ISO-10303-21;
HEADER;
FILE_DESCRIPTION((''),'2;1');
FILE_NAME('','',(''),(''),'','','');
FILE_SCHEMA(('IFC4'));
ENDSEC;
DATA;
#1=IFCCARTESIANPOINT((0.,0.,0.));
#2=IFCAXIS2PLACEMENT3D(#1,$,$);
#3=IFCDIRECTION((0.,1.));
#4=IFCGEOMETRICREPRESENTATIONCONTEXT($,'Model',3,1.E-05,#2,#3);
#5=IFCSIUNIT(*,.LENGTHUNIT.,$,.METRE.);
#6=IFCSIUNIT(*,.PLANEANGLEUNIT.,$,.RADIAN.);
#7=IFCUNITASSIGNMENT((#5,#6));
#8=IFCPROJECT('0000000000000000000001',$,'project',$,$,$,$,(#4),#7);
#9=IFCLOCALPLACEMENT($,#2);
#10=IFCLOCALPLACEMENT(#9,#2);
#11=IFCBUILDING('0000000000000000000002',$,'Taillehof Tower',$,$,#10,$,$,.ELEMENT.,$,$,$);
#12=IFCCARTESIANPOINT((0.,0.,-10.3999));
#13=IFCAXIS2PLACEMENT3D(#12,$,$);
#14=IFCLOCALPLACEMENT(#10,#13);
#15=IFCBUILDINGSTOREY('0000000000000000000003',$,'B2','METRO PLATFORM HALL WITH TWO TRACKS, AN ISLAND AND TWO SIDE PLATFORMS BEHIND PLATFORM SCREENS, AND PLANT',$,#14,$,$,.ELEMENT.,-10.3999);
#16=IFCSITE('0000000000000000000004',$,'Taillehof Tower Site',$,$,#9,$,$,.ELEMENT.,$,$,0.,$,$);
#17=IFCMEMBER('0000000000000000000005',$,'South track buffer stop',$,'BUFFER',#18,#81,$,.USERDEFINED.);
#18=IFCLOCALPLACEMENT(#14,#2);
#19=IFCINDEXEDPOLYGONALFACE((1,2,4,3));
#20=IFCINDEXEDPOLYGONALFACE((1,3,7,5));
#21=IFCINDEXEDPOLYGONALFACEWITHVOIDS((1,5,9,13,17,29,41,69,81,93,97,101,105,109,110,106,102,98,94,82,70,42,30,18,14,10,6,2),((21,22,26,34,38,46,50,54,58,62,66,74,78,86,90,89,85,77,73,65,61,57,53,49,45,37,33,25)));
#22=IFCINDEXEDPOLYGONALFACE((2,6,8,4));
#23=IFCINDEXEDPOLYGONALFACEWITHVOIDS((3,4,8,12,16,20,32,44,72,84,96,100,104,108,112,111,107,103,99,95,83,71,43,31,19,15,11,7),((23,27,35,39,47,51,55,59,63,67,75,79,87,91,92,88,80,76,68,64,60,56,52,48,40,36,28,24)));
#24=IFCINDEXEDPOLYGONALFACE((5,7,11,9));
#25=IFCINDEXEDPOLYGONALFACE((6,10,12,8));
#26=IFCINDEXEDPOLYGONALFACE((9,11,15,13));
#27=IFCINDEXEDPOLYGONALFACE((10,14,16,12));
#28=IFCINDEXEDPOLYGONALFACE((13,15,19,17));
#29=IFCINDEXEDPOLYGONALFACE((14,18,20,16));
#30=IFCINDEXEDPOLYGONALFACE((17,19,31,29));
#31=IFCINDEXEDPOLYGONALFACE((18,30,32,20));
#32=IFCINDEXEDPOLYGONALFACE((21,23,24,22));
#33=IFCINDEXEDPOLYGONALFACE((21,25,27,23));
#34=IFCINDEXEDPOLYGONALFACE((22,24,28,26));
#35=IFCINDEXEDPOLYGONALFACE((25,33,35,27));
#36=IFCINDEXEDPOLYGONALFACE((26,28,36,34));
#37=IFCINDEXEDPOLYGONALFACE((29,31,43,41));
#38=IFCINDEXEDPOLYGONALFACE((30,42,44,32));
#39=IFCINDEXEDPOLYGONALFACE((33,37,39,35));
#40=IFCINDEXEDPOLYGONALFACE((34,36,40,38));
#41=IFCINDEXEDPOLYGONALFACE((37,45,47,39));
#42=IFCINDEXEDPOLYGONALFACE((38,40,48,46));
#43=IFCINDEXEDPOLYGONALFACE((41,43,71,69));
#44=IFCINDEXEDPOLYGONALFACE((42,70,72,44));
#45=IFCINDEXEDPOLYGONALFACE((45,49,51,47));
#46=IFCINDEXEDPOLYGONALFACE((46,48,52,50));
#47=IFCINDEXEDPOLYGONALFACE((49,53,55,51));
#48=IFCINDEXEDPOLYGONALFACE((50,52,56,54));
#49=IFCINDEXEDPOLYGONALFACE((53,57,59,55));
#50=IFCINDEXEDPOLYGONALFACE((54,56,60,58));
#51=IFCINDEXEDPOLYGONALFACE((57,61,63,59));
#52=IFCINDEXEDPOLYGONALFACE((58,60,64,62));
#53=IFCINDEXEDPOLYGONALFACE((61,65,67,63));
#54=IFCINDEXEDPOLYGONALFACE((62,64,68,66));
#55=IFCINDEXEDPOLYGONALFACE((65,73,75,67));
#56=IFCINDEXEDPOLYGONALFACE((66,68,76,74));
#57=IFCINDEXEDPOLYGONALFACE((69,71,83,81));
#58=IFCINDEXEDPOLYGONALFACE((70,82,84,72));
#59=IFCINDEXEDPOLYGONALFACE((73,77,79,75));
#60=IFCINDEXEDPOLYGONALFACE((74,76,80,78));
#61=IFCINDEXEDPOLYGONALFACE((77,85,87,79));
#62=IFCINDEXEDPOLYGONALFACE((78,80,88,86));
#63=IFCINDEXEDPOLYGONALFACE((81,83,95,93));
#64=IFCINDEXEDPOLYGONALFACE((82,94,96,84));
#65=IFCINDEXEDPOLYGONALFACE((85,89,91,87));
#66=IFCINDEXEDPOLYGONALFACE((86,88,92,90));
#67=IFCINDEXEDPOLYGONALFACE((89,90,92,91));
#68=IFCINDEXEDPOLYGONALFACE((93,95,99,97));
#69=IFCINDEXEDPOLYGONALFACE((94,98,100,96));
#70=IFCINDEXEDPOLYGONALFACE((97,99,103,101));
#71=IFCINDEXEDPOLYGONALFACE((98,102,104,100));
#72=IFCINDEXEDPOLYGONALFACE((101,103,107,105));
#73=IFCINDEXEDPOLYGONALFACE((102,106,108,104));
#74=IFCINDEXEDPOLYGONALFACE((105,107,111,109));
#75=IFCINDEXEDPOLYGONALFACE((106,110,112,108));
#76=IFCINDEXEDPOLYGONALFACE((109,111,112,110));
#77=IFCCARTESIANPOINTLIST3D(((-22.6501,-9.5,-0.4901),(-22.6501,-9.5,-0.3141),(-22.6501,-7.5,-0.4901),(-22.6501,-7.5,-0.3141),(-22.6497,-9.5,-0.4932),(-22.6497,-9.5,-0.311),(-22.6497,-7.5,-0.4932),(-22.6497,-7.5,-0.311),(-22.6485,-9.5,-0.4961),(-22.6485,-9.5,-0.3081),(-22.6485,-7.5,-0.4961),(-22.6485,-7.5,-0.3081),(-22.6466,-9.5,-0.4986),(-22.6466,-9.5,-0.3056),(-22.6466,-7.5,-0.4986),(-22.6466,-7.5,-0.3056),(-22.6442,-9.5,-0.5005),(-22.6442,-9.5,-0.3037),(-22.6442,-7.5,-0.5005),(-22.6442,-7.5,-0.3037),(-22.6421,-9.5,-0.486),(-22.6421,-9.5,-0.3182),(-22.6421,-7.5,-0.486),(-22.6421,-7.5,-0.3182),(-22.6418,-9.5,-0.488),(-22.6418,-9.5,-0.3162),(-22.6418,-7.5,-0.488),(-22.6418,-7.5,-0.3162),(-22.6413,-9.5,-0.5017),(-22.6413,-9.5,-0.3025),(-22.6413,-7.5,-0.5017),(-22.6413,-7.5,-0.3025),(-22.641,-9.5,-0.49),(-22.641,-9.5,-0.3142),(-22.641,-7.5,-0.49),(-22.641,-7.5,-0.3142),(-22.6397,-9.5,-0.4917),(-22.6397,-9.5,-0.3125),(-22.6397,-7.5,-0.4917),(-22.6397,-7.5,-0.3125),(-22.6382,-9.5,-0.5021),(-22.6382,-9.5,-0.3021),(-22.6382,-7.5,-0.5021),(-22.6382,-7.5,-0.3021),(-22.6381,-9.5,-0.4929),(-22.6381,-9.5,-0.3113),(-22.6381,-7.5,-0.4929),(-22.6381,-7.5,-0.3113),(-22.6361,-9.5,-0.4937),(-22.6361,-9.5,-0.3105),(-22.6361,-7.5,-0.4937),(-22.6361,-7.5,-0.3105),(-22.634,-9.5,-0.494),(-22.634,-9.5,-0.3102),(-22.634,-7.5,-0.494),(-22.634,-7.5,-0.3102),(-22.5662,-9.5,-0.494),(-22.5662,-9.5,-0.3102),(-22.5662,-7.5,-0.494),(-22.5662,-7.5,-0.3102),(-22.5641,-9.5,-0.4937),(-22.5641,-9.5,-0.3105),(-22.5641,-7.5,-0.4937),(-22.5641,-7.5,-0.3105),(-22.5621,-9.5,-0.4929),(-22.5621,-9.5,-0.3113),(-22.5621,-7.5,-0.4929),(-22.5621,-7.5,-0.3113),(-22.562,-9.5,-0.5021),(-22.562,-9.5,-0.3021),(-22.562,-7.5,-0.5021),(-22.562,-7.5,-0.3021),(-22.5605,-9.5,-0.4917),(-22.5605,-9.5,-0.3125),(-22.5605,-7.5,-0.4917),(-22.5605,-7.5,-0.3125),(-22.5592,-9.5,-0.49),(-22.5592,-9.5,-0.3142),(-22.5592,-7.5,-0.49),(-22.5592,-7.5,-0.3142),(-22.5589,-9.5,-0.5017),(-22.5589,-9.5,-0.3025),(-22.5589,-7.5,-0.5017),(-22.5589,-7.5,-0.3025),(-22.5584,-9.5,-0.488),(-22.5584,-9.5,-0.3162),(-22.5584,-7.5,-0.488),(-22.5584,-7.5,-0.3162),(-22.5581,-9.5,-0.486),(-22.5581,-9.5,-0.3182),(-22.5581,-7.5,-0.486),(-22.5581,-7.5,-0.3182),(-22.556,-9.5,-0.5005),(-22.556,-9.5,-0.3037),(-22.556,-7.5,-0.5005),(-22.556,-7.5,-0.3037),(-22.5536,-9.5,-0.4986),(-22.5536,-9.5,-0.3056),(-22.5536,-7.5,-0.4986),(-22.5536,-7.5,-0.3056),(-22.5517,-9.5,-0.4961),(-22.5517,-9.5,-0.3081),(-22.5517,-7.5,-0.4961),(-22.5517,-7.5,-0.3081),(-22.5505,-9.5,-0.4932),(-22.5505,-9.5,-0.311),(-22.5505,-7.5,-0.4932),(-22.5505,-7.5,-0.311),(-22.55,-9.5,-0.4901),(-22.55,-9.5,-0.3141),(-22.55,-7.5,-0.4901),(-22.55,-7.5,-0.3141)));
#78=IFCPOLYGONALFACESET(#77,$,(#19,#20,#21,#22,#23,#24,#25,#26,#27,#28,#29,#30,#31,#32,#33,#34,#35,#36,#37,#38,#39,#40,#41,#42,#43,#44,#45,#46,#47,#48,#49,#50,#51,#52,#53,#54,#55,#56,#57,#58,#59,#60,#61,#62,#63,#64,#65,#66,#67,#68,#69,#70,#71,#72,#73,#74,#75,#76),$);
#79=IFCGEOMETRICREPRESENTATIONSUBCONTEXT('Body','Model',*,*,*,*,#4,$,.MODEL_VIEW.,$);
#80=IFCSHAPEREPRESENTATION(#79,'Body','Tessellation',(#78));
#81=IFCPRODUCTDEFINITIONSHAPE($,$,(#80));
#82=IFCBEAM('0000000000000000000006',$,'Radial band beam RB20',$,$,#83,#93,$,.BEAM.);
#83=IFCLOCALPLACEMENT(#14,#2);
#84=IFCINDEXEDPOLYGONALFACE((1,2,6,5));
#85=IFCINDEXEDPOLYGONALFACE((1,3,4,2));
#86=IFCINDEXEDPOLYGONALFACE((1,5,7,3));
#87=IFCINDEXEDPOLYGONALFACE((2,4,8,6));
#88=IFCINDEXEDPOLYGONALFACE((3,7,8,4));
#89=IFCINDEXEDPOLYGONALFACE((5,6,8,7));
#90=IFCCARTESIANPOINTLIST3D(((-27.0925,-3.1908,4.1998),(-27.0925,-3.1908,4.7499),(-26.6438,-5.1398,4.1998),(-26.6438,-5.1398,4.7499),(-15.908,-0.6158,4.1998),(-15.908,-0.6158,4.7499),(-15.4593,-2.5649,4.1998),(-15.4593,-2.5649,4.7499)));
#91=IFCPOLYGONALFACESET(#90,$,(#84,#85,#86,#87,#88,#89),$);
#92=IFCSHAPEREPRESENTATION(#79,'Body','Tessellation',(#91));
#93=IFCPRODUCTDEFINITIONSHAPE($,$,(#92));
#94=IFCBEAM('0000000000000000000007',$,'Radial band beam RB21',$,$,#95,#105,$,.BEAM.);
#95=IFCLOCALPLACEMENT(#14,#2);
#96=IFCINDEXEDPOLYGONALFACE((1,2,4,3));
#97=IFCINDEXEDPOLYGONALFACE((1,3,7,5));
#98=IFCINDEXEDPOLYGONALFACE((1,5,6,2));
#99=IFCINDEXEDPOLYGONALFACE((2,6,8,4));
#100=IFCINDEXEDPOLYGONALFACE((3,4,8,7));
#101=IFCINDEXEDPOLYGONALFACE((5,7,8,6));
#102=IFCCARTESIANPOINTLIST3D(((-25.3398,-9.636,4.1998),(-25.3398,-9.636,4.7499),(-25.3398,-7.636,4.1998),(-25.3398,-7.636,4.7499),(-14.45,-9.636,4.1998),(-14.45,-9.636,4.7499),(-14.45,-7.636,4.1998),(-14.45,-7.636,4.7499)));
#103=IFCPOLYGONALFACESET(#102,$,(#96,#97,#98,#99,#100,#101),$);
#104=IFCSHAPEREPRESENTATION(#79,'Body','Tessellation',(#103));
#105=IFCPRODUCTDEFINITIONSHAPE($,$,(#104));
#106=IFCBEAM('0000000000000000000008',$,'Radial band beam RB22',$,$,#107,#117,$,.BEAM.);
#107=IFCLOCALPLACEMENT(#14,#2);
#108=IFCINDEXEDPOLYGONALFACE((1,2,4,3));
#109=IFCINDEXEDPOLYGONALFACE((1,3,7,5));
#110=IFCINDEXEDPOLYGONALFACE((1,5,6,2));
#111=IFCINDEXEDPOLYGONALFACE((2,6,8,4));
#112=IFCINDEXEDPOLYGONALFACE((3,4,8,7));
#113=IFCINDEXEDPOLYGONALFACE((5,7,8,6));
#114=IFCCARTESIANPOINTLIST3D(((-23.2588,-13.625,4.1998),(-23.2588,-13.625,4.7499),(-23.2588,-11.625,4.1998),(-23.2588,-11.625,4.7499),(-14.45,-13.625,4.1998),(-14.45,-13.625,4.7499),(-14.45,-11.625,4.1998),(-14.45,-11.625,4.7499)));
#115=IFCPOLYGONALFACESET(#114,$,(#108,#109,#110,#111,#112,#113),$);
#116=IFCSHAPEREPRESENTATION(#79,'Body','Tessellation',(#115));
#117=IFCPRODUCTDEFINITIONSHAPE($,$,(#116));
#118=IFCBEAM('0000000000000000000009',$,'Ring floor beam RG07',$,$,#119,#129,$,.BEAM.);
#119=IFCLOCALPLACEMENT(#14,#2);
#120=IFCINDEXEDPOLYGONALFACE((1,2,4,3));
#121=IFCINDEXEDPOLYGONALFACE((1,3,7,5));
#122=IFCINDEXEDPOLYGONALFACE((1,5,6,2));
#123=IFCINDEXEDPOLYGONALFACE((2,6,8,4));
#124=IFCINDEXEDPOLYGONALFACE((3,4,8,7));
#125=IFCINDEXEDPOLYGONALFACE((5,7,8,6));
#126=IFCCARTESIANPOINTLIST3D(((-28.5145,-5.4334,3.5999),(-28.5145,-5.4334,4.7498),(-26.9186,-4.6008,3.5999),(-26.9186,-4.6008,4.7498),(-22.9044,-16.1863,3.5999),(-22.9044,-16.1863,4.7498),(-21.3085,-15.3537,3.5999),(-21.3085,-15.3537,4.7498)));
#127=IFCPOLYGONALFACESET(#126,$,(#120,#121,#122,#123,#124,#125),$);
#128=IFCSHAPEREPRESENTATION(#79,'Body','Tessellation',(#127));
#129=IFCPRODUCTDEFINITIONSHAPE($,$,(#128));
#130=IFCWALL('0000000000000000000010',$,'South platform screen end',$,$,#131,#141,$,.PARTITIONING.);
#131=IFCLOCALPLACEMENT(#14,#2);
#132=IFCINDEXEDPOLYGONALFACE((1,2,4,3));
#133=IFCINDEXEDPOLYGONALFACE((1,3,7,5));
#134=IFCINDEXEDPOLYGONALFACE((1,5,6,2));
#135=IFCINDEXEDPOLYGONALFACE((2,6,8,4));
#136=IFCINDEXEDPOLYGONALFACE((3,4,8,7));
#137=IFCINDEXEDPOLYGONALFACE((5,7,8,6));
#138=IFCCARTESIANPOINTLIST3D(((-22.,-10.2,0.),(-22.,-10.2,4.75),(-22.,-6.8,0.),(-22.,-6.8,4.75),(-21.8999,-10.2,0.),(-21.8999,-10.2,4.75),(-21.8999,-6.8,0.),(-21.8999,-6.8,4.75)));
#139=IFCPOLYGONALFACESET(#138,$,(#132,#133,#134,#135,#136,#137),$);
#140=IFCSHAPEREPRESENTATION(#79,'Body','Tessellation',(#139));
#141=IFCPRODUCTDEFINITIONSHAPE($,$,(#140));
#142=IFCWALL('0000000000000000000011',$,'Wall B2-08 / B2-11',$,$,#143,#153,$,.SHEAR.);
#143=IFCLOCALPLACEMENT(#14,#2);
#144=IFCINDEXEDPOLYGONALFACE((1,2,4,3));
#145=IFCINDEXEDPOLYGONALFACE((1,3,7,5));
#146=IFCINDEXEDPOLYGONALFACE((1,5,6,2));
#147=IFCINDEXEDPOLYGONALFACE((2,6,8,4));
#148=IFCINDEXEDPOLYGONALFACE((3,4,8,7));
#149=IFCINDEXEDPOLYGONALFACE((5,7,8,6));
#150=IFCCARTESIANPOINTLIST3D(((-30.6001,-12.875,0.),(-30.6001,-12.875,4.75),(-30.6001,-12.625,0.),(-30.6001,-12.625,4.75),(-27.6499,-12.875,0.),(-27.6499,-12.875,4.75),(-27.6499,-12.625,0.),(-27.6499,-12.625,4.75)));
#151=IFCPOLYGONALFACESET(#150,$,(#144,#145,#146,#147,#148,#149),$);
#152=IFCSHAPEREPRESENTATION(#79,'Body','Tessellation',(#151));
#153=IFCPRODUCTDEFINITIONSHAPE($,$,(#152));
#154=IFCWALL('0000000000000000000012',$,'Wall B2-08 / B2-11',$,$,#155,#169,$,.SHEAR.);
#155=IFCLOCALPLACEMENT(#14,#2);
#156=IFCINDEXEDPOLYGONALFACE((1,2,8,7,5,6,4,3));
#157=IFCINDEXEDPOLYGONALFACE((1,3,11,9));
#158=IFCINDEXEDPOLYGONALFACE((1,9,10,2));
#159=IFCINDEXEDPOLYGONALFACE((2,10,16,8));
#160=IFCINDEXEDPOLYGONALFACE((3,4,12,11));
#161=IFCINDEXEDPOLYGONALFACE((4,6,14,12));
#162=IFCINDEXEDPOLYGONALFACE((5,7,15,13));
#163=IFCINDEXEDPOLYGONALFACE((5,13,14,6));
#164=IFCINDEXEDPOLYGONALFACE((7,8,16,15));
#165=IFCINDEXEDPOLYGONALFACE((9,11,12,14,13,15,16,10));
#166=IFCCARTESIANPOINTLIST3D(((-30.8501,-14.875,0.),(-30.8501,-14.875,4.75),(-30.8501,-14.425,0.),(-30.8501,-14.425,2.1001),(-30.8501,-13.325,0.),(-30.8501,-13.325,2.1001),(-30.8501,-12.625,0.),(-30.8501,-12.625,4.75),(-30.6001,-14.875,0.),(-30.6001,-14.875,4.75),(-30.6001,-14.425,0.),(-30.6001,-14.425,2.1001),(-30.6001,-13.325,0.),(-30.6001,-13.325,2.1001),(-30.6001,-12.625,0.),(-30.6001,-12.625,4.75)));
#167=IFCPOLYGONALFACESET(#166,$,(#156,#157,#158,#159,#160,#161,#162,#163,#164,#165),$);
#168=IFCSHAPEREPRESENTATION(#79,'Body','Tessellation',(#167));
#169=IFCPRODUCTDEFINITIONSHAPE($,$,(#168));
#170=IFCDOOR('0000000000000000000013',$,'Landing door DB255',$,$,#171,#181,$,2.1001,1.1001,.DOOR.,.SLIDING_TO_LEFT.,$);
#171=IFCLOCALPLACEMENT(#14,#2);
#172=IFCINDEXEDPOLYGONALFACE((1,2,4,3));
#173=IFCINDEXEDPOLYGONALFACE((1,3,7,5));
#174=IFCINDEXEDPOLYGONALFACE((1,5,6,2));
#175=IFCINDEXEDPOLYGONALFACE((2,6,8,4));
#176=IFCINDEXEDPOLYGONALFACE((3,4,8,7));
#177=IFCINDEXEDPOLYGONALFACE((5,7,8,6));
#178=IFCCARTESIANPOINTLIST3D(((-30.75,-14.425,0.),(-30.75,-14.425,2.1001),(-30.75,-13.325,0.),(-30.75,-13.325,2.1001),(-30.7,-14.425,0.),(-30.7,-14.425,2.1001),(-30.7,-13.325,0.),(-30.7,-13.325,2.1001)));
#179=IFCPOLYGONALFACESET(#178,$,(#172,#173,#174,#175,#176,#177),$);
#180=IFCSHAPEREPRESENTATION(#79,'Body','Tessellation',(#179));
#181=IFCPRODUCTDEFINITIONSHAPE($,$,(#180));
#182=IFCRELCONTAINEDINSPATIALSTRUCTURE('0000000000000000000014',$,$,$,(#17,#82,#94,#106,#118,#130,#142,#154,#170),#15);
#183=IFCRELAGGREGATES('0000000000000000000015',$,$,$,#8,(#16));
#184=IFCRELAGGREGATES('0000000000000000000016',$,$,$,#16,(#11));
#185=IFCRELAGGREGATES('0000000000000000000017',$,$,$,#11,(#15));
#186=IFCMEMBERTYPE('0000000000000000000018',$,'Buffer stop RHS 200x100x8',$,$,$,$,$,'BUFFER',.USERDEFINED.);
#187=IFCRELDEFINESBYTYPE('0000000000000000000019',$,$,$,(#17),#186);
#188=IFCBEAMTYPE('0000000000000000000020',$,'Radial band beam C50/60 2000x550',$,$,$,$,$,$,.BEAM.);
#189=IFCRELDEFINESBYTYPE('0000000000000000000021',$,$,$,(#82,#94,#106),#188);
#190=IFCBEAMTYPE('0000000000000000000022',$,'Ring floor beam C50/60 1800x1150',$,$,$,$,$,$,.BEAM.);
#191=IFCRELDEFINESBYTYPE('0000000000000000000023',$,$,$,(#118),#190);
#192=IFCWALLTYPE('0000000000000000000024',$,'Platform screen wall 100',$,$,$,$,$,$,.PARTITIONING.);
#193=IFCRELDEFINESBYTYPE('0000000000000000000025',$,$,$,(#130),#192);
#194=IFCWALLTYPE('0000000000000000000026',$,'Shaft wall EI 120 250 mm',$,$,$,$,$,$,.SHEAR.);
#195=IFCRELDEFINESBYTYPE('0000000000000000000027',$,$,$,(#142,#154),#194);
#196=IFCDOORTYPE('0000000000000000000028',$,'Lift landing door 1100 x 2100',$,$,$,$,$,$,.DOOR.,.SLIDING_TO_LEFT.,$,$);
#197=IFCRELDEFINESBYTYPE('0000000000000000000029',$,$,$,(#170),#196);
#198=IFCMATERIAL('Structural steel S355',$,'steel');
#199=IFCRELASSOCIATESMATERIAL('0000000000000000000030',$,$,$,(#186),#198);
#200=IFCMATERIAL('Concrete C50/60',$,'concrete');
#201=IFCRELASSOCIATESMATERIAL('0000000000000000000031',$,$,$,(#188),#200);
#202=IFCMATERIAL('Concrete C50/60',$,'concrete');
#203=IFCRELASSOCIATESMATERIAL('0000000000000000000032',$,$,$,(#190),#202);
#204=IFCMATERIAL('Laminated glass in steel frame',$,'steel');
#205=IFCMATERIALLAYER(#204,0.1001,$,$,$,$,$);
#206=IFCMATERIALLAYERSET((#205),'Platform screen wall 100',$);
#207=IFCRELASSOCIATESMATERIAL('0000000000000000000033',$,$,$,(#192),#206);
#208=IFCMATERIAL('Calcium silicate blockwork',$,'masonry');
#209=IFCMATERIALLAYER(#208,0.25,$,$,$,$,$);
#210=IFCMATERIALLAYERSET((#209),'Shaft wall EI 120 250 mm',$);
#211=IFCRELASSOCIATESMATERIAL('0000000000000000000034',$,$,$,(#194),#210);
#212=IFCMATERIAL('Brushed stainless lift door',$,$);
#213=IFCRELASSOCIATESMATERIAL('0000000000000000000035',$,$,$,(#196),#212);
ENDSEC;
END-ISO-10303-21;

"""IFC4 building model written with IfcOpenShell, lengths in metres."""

from ifc_helpers import new_model, si_unit, direction, frame, frame_2d, origin, origin_2d, place, context, subcontext, project, spatial, rectangle, hollow_rectangle, extrude, material, layer, layer_set, material_profile, profile_set, type_object, element, fill, save


model = new_model("IFC4")

# Units and contexts
model_context = context("Model", 3, precision=1e-05, world=origin(), true_north=direction((0.0, 1.0)))
body_context = subcontext(model_context, "Body", "Model", "MODEL_VIEW")
ifc_project = project(units=[si_unit("LENGTHUNIT", "METRE"), si_unit("PLANEANGLEUNIT", "RADIAN")], contexts=[model_context])

# Site, building, storey
site_placement = place(None, origin())
site = spatial("IfcSite", under=ifc_project, at=site_placement, Name="Taillehof Tower Site", CompositionType="ELEMENT", RefElevation=0.0)
building_placement = place(site_placement, origin())
building = spatial("IfcBuilding", under=site, at=building_placement, Name="Taillehof Tower", CompositionType="ELEMENT")
storey_placement = place(building_placement, frame((0.0, 0.0, -10.3999)))
storey = spatial("IfcBuildingStorey", under=building, at=storey_placement, Name="B2", Description="METRO PLATFORM HALL WITH TWO TRACKS, AN ISLAND AND TWO SIDE PLATFORMS BEHIND PLATFORM SCREENS, AND PLANT", CompositionType="ELEMENT", Elevation=-10.3999)

# Member
ifc_material_1 = material(Name="Structural steel S355", Category="steel")
ifc_material_profile_1 = material_profile(ifc_material_1, hollow_rectangle(XDim=0.1001, YDim=0.2, WallThickness=0.0081, InnerFilletRadius=0.0081, OuterFilletRadius=0.012, at=origin_2d()), Name="RHS 200x100x8")
ifc_profile_set_1 = profile_set([ifc_material_profile_1], Name="Structural steel S355")
member_type = type_object("IfcMemberType", Name="Buffer stop RHS 200x100x8", ElementType="BUFFER", PredefinedType="USERDEFINED", material=ifc_profile_set_1)
member_placement = place(storey_placement, frame((-22.6001, -9.5, -0.4021), z_axis=(0.0, 1.0, 0.0), x_axis=(-1.0, 0.0, 0.0)))
element("IfcMember", 1, at=member_placement, inside=storey, type_object=member_type, Name="South track buffer stop", ObjectType="BUFFER", PredefinedType="USERDEFINED", context=body_context, shape_type="SweptSolid", body=[
    extrude(hollow_rectangle(XDim=0.1001, YDim=0.2, WallThickness=0.0081, InnerFilletRadius=0.0081, OuterFilletRadius=0.012, at=origin_2d()), origin(), (0.0, 0.0, 1.0), 2.0),
])

# Beams
ifc_material_2 = material(Name="Concrete C50/60", Category="concrete")
ifc_material_profile_2 = material_profile(ifc_material_2, rectangle(XDim=2.0, YDim=0.55, at=origin_2d()), Name="RC 2000x550")
ifc_profile_set_2 = profile_set([ifc_material_profile_2], Name="Concrete C50/60")
beam_type_1 = type_object("IfcBeamType", Name="Radial band beam C50/60 2000x550", PredefinedType="BEAM", material=ifc_profile_set_2)
beam_1_placement = place(storey_placement, frame((-26.8682, -4.1653, 4.4749), z_axis=(0.974508, 0.224355, 0.0), x_axis=(-0.224355, 0.974508, 0.0)))
element("IfcBeam", 2, at=beam_1_placement, inside=storey, type_object=beam_type_1, Name="Radial band beam RB20", PredefinedType="BEAM", context=body_context, shape_type="SweptSolid", body=[
    extrude(rectangle(XDim=2.0, YDim=0.55, at=origin_2d()), origin(), (0.0, 0.0, 1.0), 11.4771),
])
beam_2_placement = place(storey_placement, frame((-25.3398, -8.636, 4.4749), z_axis=(1.0, 0.0, 0.0), x_axis=(0.0, 1.0, 0.0)))
element("IfcBeam", 3, at=beam_2_placement, inside=storey, type_object=beam_type_1, Name="Radial band beam RB21", PredefinedType="BEAM", context=body_context, shape_type="SweptSolid", body=[
    extrude(rectangle(XDim=2.0, YDim=0.55, at=origin_2d()), origin(), (0.0, 0.0, 1.0), 10.8899),
])
beam_3_placement = place(storey_placement, frame((-23.2588, -12.625, 4.4749), z_axis=(1.0, 0.0, 0.0), x_axis=(0.0, 1.0, 0.0)))
element("IfcBeam", 4, at=beam_3_placement, inside=storey, type_object=beam_type_1, Name="Radial band beam RB22", PredefinedType="BEAM", context=body_context, shape_type="SweptSolid", body=[
    extrude(rectangle(XDim=2.0, YDim=0.55, at=origin_2d()), origin(), (0.0, 0.0, 1.0), 8.8088),
])
ifc_material_3 = material(Name="Concrete C50/60", Category="concrete")
ifc_material_profile_3 = material_profile(ifc_material_3, rectangle(XDim=1.8, YDim=1.1499, at=origin_2d()), Name="RC 1800x1150")
ifc_profile_set_3 = profile_set([ifc_material_profile_3], Name="Concrete C50/60")
beam_type_2 = type_object("IfcBeamType", Name="Ring floor beam C50/60 1800x1150", PredefinedType="BEAM", material=ifc_profile_set_3)
beam_4_placement = place(storey_placement, frame((-27.7166, -5.0171, 4.1748), z_axis=(0.462558, -0.886589, 0.0), x_axis=(0.886589, 0.462558, 0.0)))
element("IfcBeam", 5, at=beam_4_placement, inside=storey, type_object=beam_type_2, Name="Ring floor beam RG07", PredefinedType="BEAM", context=body_context, shape_type="SweptSolid", body=[
    extrude(rectangle(XDim=1.8, YDim=1.1499, at=origin_2d()), origin(), (0.0, 0.0, 1.0), 12.1284),
])

# Walls
ifc_material_4 = material(Name="Laminated glass in steel frame", Category="steel")
ifc_layer_1 = layer(ifc_material_4, 0.1001)
ifc_layer_set_1 = layer_set([ifc_layer_1], Name="Platform screen wall 100")
wall_type_1 = type_object("IfcWallType", Name="Platform screen wall 100", PredefinedType="PARTITIONING", material=ifc_layer_set_1)
wall_1_placement = place(storey_placement, frame((-21.95, -10.2, 0.0), z_axis=(0.0, 0.0, 1.0), x_axis=(0.0, 1.0, 0.0)))
element("IfcWall", 6, at=wall_1_placement, inside=storey, type_object=wall_type_1, Name="South platform screen end", PredefinedType="PARTITIONING", context=body_context, shape_type="SweptSolid", body=[
    extrude(rectangle(XDim=3.3999, YDim=0.1001, at=frame_2d((1.7, 0.0))), origin(), (0.0, 0.0, 1.0), 4.75),
])
ifc_material_5 = material(Name="Calcium silicate blockwork", Category="masonry")
ifc_layer_2 = layer(ifc_material_5, 0.25)
ifc_layer_set_2 = layer_set([ifc_layer_2], Name="Shaft wall EI 120 250 mm")
wall_type_2 = type_object("IfcWallType", Name="Shaft wall EI 120 250 mm", PredefinedType="SHEAR", material=ifc_layer_set_2)
wall_2_placement = place(storey_placement, frame((-30.6001, -12.75, 0.0), z_axis=(0.0, 0.0, 1.0), x_axis=(1.0, 0.0, 0.0)))
element("IfcWall", 7, at=wall_2_placement, inside=storey, type_object=wall_type_2, Name="Wall B2-08 / B2-11", PredefinedType="SHEAR", context=body_context, shape_type="SweptSolid", body=[
    extrude(rectangle(XDim=2.9502, YDim=0.25, at=frame_2d((1.4751, 0.0))), origin(), (0.0, 0.0, 1.0), 4.75),
])

# Wall, opening, door
wall_3_placement = place(storey_placement, frame((-30.7251, -14.875, 0.0), z_axis=(0.0, 0.0, 1.0), x_axis=(0.0, 1.0, 0.0)))
wall_3 = element("IfcWall", 8, at=wall_3_placement, inside=storey, type_object=wall_type_2, Name="Wall B2-08 / B2-11", PredefinedType="SHEAR", context=body_context, shape_type="SweptSolid", body=[
    extrude(rectangle(XDim=2.25, YDim=0.25, at=frame_2d((1.125, 0.0))), origin(), (0.0, 0.0, 1.0), 4.75),
])
opening_placement = place(wall_3_placement, frame((0.45, 0.0, 0.0)))
opening = element("IfcOpeningElement", 9, at=opening_placement, cuts=wall_3, PredefinedType="OPENING", context=body_context, shape_type="SweptSolid", body=[
    extrude(rectangle(XDim=1.1001, YDim=2.1001, at=frame_2d((0.55, 1.05))), frame((0.0, 0.135, 0.0), z_axis=(0.0, -1.0, 0.0), x_axis=(1.0, 0.0, 0.0)), (0.0, 0.0, 1.0), 0.27),
])
ifc_material_6 = material(Name="Brushed stainless lift door")
door_type = type_object("IfcDoorType", Name="Lift landing door 1100 x 2100", OperationType="SLIDING_TO_LEFT", PredefinedType="DOOR", material=ifc_material_6)
door_placement = place(opening_placement, origin())
door = element("IfcDoor", 10, at=door_placement, inside=storey, type_object=door_type, Name="Landing door DB255", OperationType="SLIDING_TO_LEFT", OverallHeight=2.1001, OverallWidth=1.1001, PredefinedType="DOOR", context=body_context, shape_type="SweptSolid", body=[
    extrude(rectangle(XDim=1.1001, YDim=2.1001, at=frame_2d((0.55, 1.05))), frame((0.0, 0.0249, 0.0), z_axis=(0.0, -1.0, 0.0), x_axis=(1.0, 0.0, 0.0)), (0.0, 0.0, 1.0), 0.05),
])
fill(opening, door)

save(model, "model.ifc")
